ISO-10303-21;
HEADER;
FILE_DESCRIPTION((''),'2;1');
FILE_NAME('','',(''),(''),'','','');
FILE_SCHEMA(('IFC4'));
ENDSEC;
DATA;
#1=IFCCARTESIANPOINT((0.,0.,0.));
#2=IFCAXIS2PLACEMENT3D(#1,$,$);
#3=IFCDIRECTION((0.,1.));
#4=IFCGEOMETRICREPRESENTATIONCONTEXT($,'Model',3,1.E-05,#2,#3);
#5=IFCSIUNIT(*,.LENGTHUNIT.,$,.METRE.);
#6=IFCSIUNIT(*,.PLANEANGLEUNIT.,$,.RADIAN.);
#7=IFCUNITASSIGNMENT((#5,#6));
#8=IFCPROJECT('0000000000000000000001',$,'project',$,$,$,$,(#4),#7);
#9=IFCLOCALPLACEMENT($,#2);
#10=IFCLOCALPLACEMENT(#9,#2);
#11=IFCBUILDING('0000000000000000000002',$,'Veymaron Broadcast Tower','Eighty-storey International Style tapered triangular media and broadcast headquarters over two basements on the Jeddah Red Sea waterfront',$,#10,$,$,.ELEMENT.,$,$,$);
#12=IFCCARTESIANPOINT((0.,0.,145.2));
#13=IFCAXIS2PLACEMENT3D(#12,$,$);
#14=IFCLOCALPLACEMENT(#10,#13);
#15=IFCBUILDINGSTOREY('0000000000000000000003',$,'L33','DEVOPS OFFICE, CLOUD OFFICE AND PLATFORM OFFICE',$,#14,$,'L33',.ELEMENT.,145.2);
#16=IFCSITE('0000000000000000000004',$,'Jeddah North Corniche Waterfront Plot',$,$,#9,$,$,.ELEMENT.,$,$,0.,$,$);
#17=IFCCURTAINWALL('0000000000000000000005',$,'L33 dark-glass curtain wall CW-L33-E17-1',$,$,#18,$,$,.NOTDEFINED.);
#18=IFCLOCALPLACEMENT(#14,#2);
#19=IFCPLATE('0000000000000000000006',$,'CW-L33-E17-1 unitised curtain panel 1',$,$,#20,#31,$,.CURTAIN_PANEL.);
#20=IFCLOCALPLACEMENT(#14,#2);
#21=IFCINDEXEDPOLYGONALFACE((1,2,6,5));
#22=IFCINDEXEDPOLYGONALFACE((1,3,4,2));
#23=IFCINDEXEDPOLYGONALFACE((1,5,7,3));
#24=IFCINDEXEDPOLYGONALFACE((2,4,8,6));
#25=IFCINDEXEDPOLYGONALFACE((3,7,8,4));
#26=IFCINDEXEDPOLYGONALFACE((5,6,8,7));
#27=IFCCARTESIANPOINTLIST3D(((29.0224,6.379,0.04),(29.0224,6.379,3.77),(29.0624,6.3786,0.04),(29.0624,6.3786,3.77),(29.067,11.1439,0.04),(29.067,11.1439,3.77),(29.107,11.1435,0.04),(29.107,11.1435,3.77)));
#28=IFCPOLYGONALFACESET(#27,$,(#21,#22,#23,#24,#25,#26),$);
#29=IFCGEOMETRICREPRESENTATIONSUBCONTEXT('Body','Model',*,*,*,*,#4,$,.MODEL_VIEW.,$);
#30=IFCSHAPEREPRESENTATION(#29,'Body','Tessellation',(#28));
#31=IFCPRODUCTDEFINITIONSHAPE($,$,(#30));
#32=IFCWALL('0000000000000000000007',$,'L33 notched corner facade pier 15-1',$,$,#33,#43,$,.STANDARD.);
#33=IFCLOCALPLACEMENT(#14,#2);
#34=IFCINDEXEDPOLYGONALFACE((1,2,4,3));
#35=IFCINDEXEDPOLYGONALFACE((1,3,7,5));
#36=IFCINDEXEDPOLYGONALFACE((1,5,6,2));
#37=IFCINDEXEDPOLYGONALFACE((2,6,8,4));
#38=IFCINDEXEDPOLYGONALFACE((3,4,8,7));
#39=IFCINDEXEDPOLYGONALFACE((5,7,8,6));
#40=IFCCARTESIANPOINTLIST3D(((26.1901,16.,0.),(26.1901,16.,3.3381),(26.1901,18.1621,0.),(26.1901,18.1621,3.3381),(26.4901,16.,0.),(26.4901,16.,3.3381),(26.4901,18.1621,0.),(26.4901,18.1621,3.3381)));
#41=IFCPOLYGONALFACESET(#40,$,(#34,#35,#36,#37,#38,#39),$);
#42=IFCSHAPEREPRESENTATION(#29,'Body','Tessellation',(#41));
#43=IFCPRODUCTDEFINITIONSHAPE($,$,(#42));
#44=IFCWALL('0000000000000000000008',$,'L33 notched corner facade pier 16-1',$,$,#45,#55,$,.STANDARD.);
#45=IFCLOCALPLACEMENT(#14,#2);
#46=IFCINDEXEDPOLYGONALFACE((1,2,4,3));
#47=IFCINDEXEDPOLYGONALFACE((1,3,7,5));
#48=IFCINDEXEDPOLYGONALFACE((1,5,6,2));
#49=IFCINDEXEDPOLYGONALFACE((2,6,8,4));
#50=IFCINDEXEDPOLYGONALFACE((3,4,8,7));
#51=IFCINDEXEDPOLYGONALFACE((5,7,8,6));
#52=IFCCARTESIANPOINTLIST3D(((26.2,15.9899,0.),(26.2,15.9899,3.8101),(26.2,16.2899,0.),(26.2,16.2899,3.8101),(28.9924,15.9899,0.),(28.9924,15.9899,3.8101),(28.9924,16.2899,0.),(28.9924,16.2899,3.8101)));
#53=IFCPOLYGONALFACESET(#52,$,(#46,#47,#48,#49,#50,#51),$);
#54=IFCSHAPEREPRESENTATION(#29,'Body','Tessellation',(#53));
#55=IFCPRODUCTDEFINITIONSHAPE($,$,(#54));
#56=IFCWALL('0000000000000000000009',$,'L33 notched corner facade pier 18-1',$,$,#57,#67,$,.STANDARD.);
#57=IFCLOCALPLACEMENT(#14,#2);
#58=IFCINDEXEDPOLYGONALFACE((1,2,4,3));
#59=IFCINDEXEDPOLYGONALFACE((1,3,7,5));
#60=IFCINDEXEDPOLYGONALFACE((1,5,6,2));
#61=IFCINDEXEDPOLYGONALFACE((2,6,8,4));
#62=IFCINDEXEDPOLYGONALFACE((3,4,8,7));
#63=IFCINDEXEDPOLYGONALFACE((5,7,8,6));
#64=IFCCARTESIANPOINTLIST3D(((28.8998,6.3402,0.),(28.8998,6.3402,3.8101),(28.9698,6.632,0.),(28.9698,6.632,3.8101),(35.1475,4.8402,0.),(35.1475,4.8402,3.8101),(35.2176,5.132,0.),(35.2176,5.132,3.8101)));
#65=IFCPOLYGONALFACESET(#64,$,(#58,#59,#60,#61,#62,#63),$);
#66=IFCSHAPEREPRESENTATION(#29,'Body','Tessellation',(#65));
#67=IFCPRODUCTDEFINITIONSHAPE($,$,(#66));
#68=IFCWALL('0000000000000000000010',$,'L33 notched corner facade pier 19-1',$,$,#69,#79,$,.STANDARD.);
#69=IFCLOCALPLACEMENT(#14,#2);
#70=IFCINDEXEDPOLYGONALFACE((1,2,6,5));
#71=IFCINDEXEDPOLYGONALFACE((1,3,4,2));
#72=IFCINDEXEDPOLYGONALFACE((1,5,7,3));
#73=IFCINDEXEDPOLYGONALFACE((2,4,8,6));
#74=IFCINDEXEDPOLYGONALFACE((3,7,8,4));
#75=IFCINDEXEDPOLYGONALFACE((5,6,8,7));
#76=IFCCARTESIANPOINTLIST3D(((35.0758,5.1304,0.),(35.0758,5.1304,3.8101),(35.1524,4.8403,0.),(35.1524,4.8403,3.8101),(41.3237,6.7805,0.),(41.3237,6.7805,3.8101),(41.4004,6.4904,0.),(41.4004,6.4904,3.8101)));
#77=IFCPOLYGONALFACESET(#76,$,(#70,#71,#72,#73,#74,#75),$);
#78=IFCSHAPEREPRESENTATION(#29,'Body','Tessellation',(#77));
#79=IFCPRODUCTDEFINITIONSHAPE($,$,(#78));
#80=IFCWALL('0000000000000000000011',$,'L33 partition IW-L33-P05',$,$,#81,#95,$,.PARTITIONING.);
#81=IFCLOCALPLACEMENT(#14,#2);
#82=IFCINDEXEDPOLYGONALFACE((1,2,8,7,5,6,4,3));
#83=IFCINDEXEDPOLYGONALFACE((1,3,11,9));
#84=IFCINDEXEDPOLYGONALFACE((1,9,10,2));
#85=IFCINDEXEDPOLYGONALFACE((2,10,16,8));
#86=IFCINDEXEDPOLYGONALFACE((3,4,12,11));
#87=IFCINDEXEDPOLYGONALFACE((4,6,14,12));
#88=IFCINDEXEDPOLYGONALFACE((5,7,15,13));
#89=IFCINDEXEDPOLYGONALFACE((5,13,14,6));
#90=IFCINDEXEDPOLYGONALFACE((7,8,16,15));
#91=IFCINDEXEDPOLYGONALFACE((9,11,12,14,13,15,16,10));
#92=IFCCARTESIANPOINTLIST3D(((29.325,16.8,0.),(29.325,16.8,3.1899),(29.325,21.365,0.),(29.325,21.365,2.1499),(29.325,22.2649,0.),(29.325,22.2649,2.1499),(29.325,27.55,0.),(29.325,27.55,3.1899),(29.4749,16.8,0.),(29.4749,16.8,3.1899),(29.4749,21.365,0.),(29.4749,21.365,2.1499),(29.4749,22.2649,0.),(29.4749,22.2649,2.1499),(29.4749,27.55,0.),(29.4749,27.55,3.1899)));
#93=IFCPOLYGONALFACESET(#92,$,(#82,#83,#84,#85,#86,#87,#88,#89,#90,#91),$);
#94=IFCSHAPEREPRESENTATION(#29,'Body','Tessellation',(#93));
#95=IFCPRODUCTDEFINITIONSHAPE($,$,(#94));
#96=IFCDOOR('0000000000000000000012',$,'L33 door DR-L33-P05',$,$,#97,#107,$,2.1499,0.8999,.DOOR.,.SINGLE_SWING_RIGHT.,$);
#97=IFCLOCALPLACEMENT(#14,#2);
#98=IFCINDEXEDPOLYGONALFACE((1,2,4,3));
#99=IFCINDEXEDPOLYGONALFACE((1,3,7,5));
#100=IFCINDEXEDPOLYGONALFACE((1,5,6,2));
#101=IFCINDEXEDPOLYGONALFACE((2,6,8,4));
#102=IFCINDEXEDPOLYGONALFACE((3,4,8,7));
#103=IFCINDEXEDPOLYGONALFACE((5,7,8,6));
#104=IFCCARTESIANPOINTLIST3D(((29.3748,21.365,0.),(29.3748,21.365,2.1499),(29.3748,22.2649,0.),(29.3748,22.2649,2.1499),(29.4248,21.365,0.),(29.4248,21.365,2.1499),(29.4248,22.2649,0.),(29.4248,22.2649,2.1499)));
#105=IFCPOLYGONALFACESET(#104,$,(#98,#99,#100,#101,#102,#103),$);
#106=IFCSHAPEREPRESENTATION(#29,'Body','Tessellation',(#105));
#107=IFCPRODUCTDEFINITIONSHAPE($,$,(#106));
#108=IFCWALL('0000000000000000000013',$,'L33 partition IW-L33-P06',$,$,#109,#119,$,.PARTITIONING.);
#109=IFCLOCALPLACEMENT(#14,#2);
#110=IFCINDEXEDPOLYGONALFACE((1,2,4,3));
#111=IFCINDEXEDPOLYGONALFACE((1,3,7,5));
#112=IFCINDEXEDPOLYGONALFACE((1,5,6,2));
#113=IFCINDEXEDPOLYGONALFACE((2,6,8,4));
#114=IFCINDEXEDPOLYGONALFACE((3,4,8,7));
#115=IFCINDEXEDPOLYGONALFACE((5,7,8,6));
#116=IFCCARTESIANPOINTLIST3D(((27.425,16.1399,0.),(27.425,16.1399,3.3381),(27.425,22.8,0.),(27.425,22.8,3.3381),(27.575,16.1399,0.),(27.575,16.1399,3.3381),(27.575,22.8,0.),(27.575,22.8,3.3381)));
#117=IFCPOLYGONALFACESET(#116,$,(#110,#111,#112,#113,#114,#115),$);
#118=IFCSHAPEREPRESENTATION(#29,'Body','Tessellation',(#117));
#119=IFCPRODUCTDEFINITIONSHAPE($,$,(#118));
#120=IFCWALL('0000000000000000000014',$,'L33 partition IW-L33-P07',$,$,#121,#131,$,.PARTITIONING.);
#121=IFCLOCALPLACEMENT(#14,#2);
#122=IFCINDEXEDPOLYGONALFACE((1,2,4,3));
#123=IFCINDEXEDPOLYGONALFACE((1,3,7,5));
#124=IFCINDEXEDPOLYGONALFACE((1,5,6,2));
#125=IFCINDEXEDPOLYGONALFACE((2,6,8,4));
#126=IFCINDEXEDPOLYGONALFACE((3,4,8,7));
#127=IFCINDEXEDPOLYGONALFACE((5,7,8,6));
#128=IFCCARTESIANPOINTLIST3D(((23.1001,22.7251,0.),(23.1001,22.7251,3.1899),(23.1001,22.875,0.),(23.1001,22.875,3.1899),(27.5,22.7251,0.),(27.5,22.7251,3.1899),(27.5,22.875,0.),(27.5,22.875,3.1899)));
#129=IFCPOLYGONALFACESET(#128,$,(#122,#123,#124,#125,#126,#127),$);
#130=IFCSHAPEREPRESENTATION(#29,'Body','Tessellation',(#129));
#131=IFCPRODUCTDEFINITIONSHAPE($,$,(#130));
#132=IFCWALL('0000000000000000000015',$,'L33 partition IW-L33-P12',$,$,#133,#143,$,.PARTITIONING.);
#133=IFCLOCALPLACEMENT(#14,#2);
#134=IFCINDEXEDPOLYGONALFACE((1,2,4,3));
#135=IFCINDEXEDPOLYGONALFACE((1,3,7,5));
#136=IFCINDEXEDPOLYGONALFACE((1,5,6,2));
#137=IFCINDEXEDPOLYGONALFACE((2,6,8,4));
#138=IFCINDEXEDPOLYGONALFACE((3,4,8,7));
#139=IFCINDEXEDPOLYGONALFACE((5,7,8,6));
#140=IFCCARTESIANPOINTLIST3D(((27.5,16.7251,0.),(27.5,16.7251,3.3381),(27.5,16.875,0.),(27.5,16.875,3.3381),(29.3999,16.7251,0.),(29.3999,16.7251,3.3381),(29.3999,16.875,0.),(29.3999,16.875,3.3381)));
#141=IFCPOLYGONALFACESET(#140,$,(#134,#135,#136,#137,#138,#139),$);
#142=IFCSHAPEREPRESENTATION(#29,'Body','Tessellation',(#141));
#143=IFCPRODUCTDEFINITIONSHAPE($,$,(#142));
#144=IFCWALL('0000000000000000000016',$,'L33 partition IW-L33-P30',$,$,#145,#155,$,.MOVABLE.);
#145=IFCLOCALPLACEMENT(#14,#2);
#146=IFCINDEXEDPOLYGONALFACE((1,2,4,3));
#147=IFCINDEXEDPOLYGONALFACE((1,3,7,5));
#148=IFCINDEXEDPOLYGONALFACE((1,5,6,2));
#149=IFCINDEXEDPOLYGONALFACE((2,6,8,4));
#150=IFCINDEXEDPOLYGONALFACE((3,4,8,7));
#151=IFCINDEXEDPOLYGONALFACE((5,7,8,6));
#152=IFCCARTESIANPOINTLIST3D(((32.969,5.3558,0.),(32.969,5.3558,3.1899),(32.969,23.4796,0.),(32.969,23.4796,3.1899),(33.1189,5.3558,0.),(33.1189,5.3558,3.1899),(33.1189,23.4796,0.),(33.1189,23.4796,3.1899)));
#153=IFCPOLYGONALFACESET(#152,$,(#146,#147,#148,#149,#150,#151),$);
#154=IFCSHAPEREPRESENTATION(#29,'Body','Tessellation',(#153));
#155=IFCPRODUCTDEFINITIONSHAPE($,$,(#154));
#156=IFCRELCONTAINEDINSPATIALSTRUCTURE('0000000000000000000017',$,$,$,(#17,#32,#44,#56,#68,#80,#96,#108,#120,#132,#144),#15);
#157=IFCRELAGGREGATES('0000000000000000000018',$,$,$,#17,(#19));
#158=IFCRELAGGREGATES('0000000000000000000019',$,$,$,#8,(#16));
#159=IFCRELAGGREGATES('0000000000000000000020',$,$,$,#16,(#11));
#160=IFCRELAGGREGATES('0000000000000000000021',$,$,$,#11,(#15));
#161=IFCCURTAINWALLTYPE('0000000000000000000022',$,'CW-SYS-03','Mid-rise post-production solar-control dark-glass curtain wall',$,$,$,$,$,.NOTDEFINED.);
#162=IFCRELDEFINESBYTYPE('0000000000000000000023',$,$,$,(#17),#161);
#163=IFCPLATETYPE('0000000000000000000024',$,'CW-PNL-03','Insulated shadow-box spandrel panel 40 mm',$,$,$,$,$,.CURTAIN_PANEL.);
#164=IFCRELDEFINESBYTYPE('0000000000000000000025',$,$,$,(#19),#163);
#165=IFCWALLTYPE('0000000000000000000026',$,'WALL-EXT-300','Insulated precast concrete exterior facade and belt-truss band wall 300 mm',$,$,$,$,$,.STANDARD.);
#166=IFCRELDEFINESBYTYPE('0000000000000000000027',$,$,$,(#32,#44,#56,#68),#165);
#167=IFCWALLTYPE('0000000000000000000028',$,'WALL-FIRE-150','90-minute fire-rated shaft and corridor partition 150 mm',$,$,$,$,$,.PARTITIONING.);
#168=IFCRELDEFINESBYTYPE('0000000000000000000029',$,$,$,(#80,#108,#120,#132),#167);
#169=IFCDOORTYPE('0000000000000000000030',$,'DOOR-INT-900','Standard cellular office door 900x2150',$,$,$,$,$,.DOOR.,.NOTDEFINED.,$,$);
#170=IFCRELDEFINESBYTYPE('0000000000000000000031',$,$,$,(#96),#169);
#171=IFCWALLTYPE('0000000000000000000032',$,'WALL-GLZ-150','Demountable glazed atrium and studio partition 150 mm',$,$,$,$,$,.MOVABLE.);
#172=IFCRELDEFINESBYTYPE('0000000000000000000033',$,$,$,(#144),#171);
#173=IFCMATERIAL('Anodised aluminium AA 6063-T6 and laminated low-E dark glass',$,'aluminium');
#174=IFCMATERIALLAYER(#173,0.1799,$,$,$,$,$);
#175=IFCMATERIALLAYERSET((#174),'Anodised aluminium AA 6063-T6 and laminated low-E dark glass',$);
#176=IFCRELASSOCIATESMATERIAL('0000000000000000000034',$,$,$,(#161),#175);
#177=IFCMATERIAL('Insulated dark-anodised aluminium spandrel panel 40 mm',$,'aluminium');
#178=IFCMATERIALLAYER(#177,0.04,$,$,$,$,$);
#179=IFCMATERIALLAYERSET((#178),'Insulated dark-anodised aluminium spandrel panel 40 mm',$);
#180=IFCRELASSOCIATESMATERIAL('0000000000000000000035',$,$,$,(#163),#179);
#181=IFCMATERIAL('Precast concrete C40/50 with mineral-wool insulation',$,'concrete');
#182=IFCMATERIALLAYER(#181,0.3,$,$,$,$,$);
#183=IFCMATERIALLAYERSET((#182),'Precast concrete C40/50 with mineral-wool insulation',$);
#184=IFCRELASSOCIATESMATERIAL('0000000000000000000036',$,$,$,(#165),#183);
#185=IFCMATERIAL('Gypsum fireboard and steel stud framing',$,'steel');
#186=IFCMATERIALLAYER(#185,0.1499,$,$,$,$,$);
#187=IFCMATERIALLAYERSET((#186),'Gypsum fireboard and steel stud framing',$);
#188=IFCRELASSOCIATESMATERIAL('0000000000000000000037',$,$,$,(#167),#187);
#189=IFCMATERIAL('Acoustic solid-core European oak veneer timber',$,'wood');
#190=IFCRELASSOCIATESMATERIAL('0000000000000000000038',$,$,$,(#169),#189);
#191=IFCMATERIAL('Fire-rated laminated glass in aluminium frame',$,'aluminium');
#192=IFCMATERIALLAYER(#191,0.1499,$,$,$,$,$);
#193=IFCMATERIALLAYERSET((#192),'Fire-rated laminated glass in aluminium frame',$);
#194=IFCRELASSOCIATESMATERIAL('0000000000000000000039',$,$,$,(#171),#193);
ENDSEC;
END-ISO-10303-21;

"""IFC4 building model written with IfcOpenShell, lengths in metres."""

from ifc_helpers import new_model, si_unit, direction, frame, frame_2d, origin, origin_2d, place, context, subcontext, project, spatial, rectangle, extrude, material, layer, layer_set, type_object, element, fill, aggregate, save


model = new_model("IFC4")

# Units and contexts
model_context = context("Model", 3, precision=1e-05, world=origin(), true_north=direction((0.0, 1.0)))
body_context = subcontext(model_context, "Body", "Model", "MODEL_VIEW")
ifc_project = project(units=[si_unit("LENGTHUNIT", "METRE"), si_unit("PLANEANGLEUNIT", "RADIAN")], contexts=[model_context])

# Site, building, storey
site_placement = place(None, origin())
site = spatial("IfcSite", under=ifc_project, at=site_placement, Name="Jeddah North Corniche Waterfront Plot", CompositionType="ELEMENT", RefElevation=0.0)
building_placement = place(site_placement, origin())
building = spatial("IfcBuilding", under=site, at=building_placement, Name="Veymaron Broadcast Tower", Description="Eighty-storey International Style tapered triangular media and broadcast headquarters over two basements on the Jeddah Red Sea waterfront", CompositionType="ELEMENT")
storey_placement = place(building_placement, frame((0.0, 0.0, 145.2)))
storey = spatial("IfcBuildingStorey", under=building, at=storey_placement, Name="L33", Description="DEVOPS OFFICE, CLOUD OFFICE AND PLATFORM OFFICE", LongName="L33", CompositionType="ELEMENT", Elevation=145.2)

# Shared definitions
ifc_material_1 = material(Name="Anodised aluminium AA 6063-T6 and laminated low-E dark glass", Category="aluminium")
ifc_layer_1 = layer(ifc_material_1, 0.1799)
ifc_layer_set_1 = layer_set([ifc_layer_1], Name="Anodised aluminium AA 6063-T6 and laminated low-E dark glass")
curtain_wall_type = type_object("IfcCurtainWallType", Name="CW-SYS-03", Description="Mid-rise post-production solar-control dark-glass curtain wall", PredefinedType="NOTDEFINED", material=ifc_layer_set_1)

# Curtain wall, plate
curtain_wall_1_placement = place(storey_placement, origin())
curtain_wall_1 = element("IfcCurtainWall", 1, at=curtain_wall_1_placement, inside=storey, type_object=curtain_wall_type, Name="L33 dark-glass curtain wall CW-L33-E17-1", PredefinedType="NOTDEFINED")
ifc_material_2 = material(Name="Insulated dark-anodised aluminium spandrel panel 40 mm", Category="aluminium")
ifc_layer_2 = layer(ifc_material_2, 0.04)
ifc_layer_set_2 = layer_set([ifc_layer_2], Name="Insulated dark-anodised aluminium spandrel panel 40 mm")
plate_type = type_object("IfcPlateType", Name="CW-PNL-03", Description="Insulated shadow-box spandrel panel 40 mm", PredefinedType="CURTAIN_PANEL", material=ifc_layer_set_2)
plate_1_placement = place(storey_placement, frame((29.0647, 8.7612, 0.04), z_axis=(0.0, 0.0, 1.0), x_axis=(-0.009355, -0.999956, 0.0)))
plate_1 = element("IfcPlate", 2, at=plate_1_placement, type_object=plate_type, Name="CW-L33-E17-1 unitised curtain panel 1", PredefinedType="CURTAIN_PANEL", context=body_context, shape_type="SweptSolid", body=[
    extrude(rectangle(XDim=4.7651, YDim=0.04, at=origin_2d()), origin(), (0.0, 0.0, 1.0), 3.73),
])
aggregate(curtain_wall_1, [plate_1])

# Walls
ifc_material_3 = material(Name="Precast concrete C40/50 with mineral-wool insulation", Category="concrete")
ifc_layer_3 = layer(ifc_material_3, 0.3)
ifc_layer_set_3 = layer_set([ifc_layer_3], Name="Precast concrete C40/50 with mineral-wool insulation")
wall_type_1 = type_object("IfcWallType", Name="WALL-EXT-300", Description="Insulated precast concrete exterior facade and belt-truss band wall 300 mm", PredefinedType="STANDARD", material=ifc_layer_set_3)
wall_1_placement = place(storey_placement, frame((26.3401, 18.1621, 0.0), z_axis=(0.0, 0.0, 1.0), x_axis=(0.0, -1.0, 0.0)))
element("IfcWall", 3, at=wall_1_placement, inside=storey, type_object=wall_type_1, Name="L33 notched corner facade pier 15-1", PredefinedType="STANDARD", context=body_context, shape_type="SweptSolid", body=[
    extrude(rectangle(XDim=2.1621, YDim=0.3, at=frame_2d((1.0811, 0.0))), origin(), (0.0, 0.0, 1.0), 3.3381),
])
wall_2_placement = place(storey_placement, frame((26.2, 16.1399, 0.0), z_axis=(0.0, 0.0, 1.0), x_axis=(1.0, 0.0, 0.0)))
element("IfcWall", 4, at=wall_2_placement, inside=storey, type_object=wall_type_1, Name="L33 notched corner facade pier 16-1", PredefinedType="STANDARD", context=body_context, shape_type="SweptSolid", body=[
    extrude(rectangle(XDim=2.7925, YDim=0.3, at=frame_2d((1.3962, 0.0))), origin(), (0.0, 0.0, 1.0), 3.8101),
])
wall_3_placement = place(storey_placement, frame((28.9348, 6.4861, 0.0), z_axis=(0.0, 0.0, 1.0), x_axis=(0.972369, -0.233451, 0.0)))
element("IfcWall", 5, at=wall_3_placement, inside=storey, type_object=wall_type_1, Name="L33 notched corner facade pier 18-1", PredefinedType="STANDARD", context=body_context, shape_type="SweptSolid", body=[
    extrude(rectangle(XDim=6.4253, YDim=0.3, at=frame_2d((3.2126, 0.0))), origin(), (0.0, 0.0, 1.0), 3.8101),
])
wall_4_placement = place(storey_placement, frame((35.1143, 4.9854, 0.0), z_axis=(0.0, 0.0, 1.0), x_axis=(0.966846, 0.25536, 0.0)))
element("IfcWall", 6, at=wall_4_placement, inside=storey, type_object=wall_type_1, Name="L33 notched corner facade pier 19-1", PredefinedType="STANDARD", context=body_context, shape_type="SweptSolid", body=[
    extrude(rectangle(XDim=6.4622, YDim=0.3, at=frame_2d((3.231, 0.0))), origin(), (0.0, 0.0, 1.0), 3.8101),
])

# Wall, opening, door
ifc_material_4 = material(Name="Gypsum fireboard and steel stud framing", Category="steel")
ifc_layer_4 = layer(ifc_material_4, 0.1499)
ifc_layer_set_4 = layer_set([ifc_layer_4], Name="Gypsum fireboard and steel stud framing")
wall_type_2 = type_object("IfcWallType", Name="WALL-FIRE-150", Description="90-minute fire-rated shaft and corridor partition 150 mm", PredefinedType="PARTITIONING", material=ifc_layer_set_4)
wall_5_placement = place(storey_placement, frame((29.3999, 16.8, 0.0), z_axis=(0.0, 0.0, 1.0), x_axis=(0.0, 1.0, 0.0)))
wall_5 = element("IfcWall", 7, at=wall_5_placement, inside=storey, type_object=wall_type_2, Name="L33 partition IW-L33-P05", PredefinedType="PARTITIONING", context=body_context, shape_type="SweptSolid", body=[
    extrude(rectangle(XDim=10.75, YDim=0.1499, at=frame_2d((5.375, 0.0))), origin(), (0.0, 0.0, 1.0), 3.1899),
])
opening_placement = place(wall_5_placement, frame((4.5649, 0.0, 0.0)))
opening = element("IfcOpeningElement", 8, at=opening_placement, cuts=wall_5, PredefinedType="OPENING", context=body_context, shape_type="SweptSolid", body=[
    extrude(rectangle(XDim=0.8999, YDim=2.1499, at=frame_2d((0.45, 1.075))), frame((0.0, 0.085, 0.0), z_axis=(0.0, -1.0, 0.0), x_axis=(1.0, 0.0, 0.0)), (0.0, 0.0, 1.0), 0.1699),
])
ifc_material_5 = material(Name="Acoustic solid-core European oak veneer timber", Category="wood")
door_type = type_object("IfcDoorType", Name="DOOR-INT-900", Description="Standard cellular office door 900x2150", OperationType="NOTDEFINED", PredefinedType="DOOR", material=ifc_material_5)
door_placement = place(opening_placement, frame((0.8999, 0.0, 0.0), z_axis=(0.0, 0.0, 1.0), x_axis=(-1.0, 0.0, 0.0)))
door = element("IfcDoor", 9, at=door_placement, inside=storey, type_object=door_type, Name="L33 door DR-L33-P05", OperationType="SINGLE_SWING_RIGHT", OverallHeight=2.1499, OverallWidth=0.8999, PredefinedType="DOOR", context=body_context, shape_type="SweptSolid", body=[
    extrude(rectangle(XDim=0.8999, YDim=2.1499, at=frame_2d((0.45, 1.075))), frame((0.0, 0.0249, 0.0), z_axis=(0.0, -1.0, 0.0), x_axis=(1.0, 0.0, 0.0)), (0.0, 0.0, 1.0), 0.05),
])
fill(opening, door)

# Walls
wall_6_placement = place(storey_placement, frame((27.5, 16.1399, 0.0), z_axis=(0.0, 0.0, 1.0), x_axis=(0.0, 1.0, 0.0)))
element("IfcWall", 10, at=wall_6_placement, inside=storey, type_object=wall_type_2, Name="L33 partition IW-L33-P06", PredefinedType="PARTITIONING", context=body_context, shape_type="SweptSolid", body=[
    extrude(rectangle(XDim=6.6602, YDim=0.1499, at=frame_2d((3.3301, 0.0))), origin(), (0.0, 0.0, 1.0), 3.3381),
])
wall_7_placement = place(storey_placement, frame((23.1001, 22.8, 0.0), z_axis=(0.0, 0.0, 1.0), x_axis=(1.0, 0.0, 0.0)))
element("IfcWall", 11, at=wall_7_placement, inside=storey, type_object=wall_type_2, Name="L33 partition IW-L33-P07", PredefinedType="PARTITIONING", context=body_context, shape_type="SweptSolid", body=[
    extrude(rectangle(XDim=4.3999, YDim=0.1499, at=frame_2d((2.2, 0.0))), origin(), (0.0, 0.0, 1.0), 3.1899),
])
wall_8_placement = place(storey_placement, frame((27.5, 16.8, 0.0), z_axis=(0.0, 0.0, 1.0), x_axis=(1.0, 0.0, 0.0)))
element("IfcWall", 12, at=wall_8_placement, inside=storey, type_object=wall_type_2, Name="L33 partition IW-L33-P12", PredefinedType="PARTITIONING", context=body_context, shape_type="SweptSolid", body=[
    extrude(rectangle(XDim=1.8999, YDim=0.1499, at=frame_2d((0.95, 0.0))), origin(), (0.0, 0.0, 1.0), 3.3381),
])
ifc_material_6 = material(Name="Fire-rated laminated glass in aluminium frame", Category="aluminium")
ifc_layer_5 = layer(ifc_material_6, 0.1499)
ifc_layer_set_5 = layer_set([ifc_layer_5], Name="Fire-rated laminated glass in aluminium frame")
wall_type_3 = type_object("IfcWallType", Name="WALL-GLZ-150", Description="Demountable glazed atrium and studio partition 150 mm", PredefinedType="MOVABLE", material=ifc_layer_set_5)
wall_9_placement = place(storey_placement, frame((33.0439, 5.3557, 0.0), z_axis=(0.0, 0.0, 1.0), x_axis=(0.0, 1.0, 0.0)))
element("IfcWall", 13, at=wall_9_placement, inside=storey, type_object=wall_type_3, Name="L33 partition IW-L33-P30", PredefinedType="MOVABLE", context=body_context, shape_type="SweptSolid", body=[
    extrude(rectangle(XDim=18.1238, YDim=0.1499, at=frame_2d((9.062, 0.0))), origin(), (0.0, 0.0, 1.0), 3.1899),
])

save(model, "model.ifc")
